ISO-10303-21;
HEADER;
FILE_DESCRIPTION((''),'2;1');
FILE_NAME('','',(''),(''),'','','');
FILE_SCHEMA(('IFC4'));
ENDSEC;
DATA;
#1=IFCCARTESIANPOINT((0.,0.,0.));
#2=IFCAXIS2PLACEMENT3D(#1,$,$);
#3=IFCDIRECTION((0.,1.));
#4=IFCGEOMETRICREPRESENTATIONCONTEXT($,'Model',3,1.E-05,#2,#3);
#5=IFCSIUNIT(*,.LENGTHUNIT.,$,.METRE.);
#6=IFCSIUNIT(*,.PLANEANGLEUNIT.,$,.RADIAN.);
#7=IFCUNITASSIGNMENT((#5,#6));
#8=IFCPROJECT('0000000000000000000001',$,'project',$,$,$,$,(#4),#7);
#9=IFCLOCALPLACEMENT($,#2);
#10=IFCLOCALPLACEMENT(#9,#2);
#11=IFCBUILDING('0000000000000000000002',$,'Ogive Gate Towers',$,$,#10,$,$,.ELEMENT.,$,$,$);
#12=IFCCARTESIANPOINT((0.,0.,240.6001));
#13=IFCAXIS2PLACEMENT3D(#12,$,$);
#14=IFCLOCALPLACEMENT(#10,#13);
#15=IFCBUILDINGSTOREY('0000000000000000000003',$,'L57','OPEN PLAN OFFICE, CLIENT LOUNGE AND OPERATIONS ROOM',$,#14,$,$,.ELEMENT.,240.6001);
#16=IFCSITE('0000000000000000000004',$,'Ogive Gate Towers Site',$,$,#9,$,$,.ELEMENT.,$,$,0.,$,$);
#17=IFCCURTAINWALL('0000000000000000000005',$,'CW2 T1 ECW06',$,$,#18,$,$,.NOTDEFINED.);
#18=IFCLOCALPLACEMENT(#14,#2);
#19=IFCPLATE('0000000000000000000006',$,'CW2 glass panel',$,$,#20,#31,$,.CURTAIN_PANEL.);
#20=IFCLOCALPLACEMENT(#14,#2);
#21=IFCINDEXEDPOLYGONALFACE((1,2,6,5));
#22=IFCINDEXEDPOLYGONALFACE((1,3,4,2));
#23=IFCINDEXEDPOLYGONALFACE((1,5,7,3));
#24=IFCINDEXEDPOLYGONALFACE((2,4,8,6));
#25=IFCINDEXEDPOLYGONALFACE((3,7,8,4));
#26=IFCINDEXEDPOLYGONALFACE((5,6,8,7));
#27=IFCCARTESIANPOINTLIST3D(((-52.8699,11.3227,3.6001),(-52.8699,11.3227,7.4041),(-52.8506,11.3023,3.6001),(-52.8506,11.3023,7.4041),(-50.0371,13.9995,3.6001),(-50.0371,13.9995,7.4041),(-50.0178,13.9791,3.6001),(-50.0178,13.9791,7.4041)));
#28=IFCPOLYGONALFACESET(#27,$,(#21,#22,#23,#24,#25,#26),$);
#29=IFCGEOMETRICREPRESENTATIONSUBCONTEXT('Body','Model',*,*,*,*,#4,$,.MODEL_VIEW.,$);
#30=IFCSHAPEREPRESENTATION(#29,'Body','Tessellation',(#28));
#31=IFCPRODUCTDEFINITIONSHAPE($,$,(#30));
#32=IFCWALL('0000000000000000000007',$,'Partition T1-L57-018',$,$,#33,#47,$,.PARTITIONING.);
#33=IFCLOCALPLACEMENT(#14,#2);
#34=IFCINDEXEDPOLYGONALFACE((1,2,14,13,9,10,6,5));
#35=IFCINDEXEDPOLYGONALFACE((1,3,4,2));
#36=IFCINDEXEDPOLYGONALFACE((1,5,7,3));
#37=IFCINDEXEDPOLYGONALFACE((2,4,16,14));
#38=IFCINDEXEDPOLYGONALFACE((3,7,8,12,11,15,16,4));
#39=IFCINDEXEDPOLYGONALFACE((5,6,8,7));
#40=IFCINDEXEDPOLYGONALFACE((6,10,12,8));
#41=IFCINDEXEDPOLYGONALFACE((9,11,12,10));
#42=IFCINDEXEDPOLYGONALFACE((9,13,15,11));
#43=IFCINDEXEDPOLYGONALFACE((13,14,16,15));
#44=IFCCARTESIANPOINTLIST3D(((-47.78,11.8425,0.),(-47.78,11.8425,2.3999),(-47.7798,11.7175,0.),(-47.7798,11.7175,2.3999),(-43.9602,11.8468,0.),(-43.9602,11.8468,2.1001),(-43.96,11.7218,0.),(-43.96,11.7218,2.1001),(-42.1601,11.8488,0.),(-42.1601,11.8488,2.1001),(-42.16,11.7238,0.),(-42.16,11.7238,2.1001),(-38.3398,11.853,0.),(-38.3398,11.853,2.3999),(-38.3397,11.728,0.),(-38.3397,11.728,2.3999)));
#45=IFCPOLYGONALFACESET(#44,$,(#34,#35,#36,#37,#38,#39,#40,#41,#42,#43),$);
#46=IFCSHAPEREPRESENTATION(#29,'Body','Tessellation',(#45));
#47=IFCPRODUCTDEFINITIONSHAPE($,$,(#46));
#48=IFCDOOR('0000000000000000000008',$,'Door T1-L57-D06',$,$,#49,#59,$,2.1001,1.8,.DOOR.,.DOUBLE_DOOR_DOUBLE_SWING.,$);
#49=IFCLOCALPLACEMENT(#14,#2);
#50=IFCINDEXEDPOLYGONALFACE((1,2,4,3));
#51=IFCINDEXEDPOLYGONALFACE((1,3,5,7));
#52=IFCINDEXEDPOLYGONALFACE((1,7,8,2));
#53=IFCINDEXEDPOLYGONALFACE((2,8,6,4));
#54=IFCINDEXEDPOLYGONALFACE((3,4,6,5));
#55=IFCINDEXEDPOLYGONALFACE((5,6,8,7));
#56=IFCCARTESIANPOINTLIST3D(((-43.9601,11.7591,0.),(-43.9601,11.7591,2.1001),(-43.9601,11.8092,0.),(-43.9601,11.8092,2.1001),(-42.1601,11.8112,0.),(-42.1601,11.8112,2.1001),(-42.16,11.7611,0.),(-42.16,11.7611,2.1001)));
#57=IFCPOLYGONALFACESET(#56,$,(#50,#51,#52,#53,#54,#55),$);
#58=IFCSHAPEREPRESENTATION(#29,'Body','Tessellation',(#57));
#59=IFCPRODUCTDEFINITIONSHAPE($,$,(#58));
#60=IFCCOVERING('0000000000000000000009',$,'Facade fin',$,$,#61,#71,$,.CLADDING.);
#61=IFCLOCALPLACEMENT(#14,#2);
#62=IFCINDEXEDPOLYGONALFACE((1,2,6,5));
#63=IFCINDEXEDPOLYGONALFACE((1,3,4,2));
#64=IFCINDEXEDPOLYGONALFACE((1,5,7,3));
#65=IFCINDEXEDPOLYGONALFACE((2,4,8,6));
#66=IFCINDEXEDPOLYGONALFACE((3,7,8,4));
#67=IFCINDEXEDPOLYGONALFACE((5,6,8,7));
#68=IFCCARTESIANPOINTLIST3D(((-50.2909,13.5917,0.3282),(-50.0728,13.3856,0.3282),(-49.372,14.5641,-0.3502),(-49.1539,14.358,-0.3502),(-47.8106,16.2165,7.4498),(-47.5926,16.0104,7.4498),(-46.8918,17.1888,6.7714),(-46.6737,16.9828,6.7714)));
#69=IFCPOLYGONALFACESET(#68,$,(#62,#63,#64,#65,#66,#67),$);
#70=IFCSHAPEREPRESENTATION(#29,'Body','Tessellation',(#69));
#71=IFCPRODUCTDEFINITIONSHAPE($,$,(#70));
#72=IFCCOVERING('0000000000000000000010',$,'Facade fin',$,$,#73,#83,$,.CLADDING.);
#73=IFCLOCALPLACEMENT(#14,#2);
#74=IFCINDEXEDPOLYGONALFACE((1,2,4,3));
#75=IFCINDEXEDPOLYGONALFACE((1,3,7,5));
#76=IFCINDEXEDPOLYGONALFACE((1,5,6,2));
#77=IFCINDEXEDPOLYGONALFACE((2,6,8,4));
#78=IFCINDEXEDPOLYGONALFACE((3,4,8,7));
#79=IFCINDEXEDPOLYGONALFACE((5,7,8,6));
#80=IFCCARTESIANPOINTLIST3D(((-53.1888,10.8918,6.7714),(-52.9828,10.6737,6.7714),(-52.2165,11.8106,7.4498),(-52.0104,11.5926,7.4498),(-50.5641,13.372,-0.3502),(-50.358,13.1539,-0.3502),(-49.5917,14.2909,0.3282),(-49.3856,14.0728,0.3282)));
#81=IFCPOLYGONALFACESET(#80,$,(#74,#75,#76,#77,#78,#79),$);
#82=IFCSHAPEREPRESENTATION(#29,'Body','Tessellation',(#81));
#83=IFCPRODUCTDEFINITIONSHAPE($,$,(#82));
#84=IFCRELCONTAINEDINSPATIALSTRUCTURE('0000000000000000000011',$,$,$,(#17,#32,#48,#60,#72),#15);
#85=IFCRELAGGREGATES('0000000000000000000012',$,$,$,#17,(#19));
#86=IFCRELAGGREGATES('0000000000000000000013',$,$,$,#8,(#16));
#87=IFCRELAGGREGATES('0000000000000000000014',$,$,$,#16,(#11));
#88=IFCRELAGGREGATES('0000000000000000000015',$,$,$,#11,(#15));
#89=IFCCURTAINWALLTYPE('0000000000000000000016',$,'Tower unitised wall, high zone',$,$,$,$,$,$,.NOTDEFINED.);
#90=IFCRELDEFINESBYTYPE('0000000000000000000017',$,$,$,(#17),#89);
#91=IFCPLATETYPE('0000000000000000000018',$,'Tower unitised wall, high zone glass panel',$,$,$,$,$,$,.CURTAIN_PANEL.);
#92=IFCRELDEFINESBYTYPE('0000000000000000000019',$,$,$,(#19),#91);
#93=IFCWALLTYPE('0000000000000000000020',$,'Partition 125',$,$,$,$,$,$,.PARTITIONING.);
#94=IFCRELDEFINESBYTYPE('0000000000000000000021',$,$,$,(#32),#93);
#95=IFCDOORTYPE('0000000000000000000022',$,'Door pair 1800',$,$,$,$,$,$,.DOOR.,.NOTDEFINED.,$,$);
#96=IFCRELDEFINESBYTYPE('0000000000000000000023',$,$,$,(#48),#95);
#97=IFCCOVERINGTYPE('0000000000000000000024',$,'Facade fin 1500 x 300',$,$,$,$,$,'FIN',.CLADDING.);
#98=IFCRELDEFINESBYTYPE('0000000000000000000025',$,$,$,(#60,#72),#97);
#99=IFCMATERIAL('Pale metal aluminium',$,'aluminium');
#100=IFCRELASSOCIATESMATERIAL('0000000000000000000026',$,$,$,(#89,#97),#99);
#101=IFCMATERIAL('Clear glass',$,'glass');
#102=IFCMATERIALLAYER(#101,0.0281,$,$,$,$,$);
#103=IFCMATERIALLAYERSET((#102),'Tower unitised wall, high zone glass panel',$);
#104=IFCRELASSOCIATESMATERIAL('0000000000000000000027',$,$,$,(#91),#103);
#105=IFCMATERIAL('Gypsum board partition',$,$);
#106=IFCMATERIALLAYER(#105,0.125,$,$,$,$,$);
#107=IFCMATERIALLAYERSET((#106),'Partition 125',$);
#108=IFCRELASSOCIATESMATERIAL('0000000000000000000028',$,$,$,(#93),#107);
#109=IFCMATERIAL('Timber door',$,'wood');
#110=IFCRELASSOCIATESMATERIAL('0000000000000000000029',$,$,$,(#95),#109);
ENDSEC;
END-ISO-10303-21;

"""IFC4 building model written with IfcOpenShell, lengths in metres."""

from ifc_helpers import new_model, si_unit, direction, frame, frame_2d, origin, origin_2d, place, context, subcontext, project, spatial, rectangle, extrude, material, layer, layer_set, material_profile, profile_set, type_object, element, fill, aggregate, save


model = new_model("IFC4")

# Units and contexts
model_context = context("Model", 3, precision=1e-05, world=origin(), true_north=direction((0.0, 1.0)))
body_context = subcontext(model_context, "Body", "Model", "MODEL_VIEW")
ifc_project = project(units=[si_unit("LENGTHUNIT", "METRE"), si_unit("PLANEANGLEUNIT", "RADIAN")], contexts=[model_context])

# Site, building, storey
site_placement = place(None, origin())
site = spatial("IfcSite", under=ifc_project, at=site_placement, Name="Ogive Gate Towers Site", CompositionType="ELEMENT", RefElevation=0.0)
building_placement = place(site_placement, origin())
building = spatial("IfcBuilding", under=site, at=building_placement, Name="Ogive Gate Towers", CompositionType="ELEMENT")
storey_placement = place(building_placement, frame((0.0, 0.0, 240.6001)))
storey = spatial("IfcBuildingStorey", under=building, at=storey_placement, Name="L57", Description="OPEN PLAN OFFICE, CLIENT LOUNGE AND OPERATIONS ROOM", CompositionType="ELEMENT", Elevation=240.6001)

# Shared definitions
ifc_material_1 = material(Name="Pale metal aluminium", Category="aluminium")
curtain_wall_type = type_object("IfcCurtainWallType", Name="Tower unitised wall, high zone", PredefinedType="NOTDEFINED", material=ifc_material_1)

# Curtain wall
curtain_wall_1_placement = place(storey_placement, origin())
curtain_wall_1 = element("IfcCurtainWall", 1, at=curtain_wall_1_placement, inside=storey, type_object=curtain_wall_type, Name="CW2 T1 ECW06", PredefinedType="NOTDEFINED")

# Plate
ifc_material_2 = material(Name="Clear glass", Category="glass")
ifc_layer_1 = layer(ifc_material_2, 0.0281)
ifc_layer_set_1 = layer_set([ifc_layer_1], Name="Tower unitised wall, high zone glass panel")
plate_type = type_object("IfcPlateType", Name="Tower unitised wall, high zone glass panel", PredefinedType="CURTAIN_PANEL", material=ifc_layer_set_1)
plate_1_placement = place(storey_placement, frame((-51.4438, 12.6509, 3.6001), z_axis=(0.0, 0.0, 1.0), x_axis=(0.72685, 0.686796, 0.0)))
plate_1 = element("IfcPlate", 2, at=plate_1_placement, type_object=plate_type, Name="CW2 glass panel", PredefinedType="CURTAIN_PANEL", context=body_context, shape_type="SweptSolid", body=[
    extrude(rectangle(XDim=3.8975, YDim=0.0281, at=origin_2d()), origin(), (0.0, 0.0, 1.0), 3.804),
])
aggregate(curtain_wall_1, [plate_1])

# Wall, opening, door
ifc_material_3 = material(Name="Gypsum board partition")
ifc_layer_2 = layer(ifc_material_3, 0.125)
ifc_layer_set_2 = layer_set([ifc_layer_2], Name="Partition 125")
wall_type = type_object("IfcWallType", Name="Partition 125", PredefinedType="PARTITIONING", material=ifc_layer_set_2)
wall_placement = place(storey_placement, frame((-47.78, 11.78, 0.0), z_axis=(0.0, 0.0, 1.0), x_axis=(0.999999, 0.001112, 0.0)))
wall = element("IfcWall", 3, at=wall_placement, inside=storey, type_object=wall_type, Name="Partition T1-L57-018", PredefinedType="PARTITIONING", context=body_context, shape_type="SweptSolid", body=[
    extrude(rectangle(XDim=9.4402, YDim=0.125, at=frame_2d((4.7202, 0.0))), origin(), (0.0, 0.0, 1.0), 2.3999),
])
opening_placement = place(wall_placement, frame((3.8201, 0.0, 0.0)))
opening = element("IfcOpeningElement", 4, at=opening_placement, cuts=wall, PredefinedType="OPENING", context=body_context, shape_type="SweptSolid", body=[
    extrude(rectangle(XDim=1.8, YDim=2.1001, at=frame_2d((0.8999, 1.05))), frame((0.0, 0.0725, 0.0), z_axis=(0.0, -1.0, 0.0), x_axis=(1.0, 0.0, 0.0)), (0.0, 0.0, 1.0), 0.145),
])
ifc_material_4 = material(Name="Timber door", Category="wood")
door_type = type_object("IfcDoorType", Name="Door pair 1800", OperationType="NOTDEFINED", PredefinedType="DOOR", material=ifc_material_4)
door_placement = place(opening_placement, origin())
door = element("IfcDoor", 5, at=door_placement, inside=storey, type_object=door_type, Name="Door T1-L57-D06", OperationType="DOUBLE_DOOR_DOUBLE_SWING", OverallHeight=2.1001, OverallWidth=1.8, PredefinedType="DOOR", context=body_context, shape_type="SweptSolid", body=[
    extrude(rectangle(XDim=1.8, YDim=2.1001, at=frame_2d((0.8999, 1.05))), frame((0.0, 0.0249, 0.0), z_axis=(0.0, -1.0, 0.0), x_axis=(1.0, 0.0, 0.0)), (0.0, 0.0, 1.0), 0.05),
])
fill(opening, door)

# Coverings
ifc_material_profile_1 = material_profile(ifc_material_1, rectangle(XDim=0.3, YDim=1.5, at=origin_2d()), Name="1500 x 300 pale metal aluminium")
ifc_profile_set_1 = profile_set([ifc_material_profile_1], Name="Pale metal aluminium")
covering_type = type_object("IfcCoveringType", Name="Facade fin 1500 x 300", ElementType="FIN", PredefinedType="CLADDING", material=ifc_profile_set_1)
for number, where, z_axis, x_axis, name in (
    (6, (-49.7224, 13.9749, -0.011), (0.310616, 0.328717, 0.891887), (-0.726835, 0.686812, 0.0), "Facade fin"),
    (7, (-49.9749, 13.7224, -0.011), (-0.328717, -0.310616, 0.891887), (0.686812, -0.726835, 0.0), "Facade fin"),
):
    element("IfcCovering", number, at=place(storey_placement, frame(where, z_axis=z_axis, x_axis=x_axis)), inside=storey, type_object=covering_type, Name=name, PredefinedType="CLADDING", context=body_context, shape_type="SweptSolid", body=[
        extrude(rectangle(XDim=0.3, YDim=1.5, at=origin_2d()), origin(), (0.0, 0.0, 1.0), 7.9849),
    ])

save(model, "model.ifc")
